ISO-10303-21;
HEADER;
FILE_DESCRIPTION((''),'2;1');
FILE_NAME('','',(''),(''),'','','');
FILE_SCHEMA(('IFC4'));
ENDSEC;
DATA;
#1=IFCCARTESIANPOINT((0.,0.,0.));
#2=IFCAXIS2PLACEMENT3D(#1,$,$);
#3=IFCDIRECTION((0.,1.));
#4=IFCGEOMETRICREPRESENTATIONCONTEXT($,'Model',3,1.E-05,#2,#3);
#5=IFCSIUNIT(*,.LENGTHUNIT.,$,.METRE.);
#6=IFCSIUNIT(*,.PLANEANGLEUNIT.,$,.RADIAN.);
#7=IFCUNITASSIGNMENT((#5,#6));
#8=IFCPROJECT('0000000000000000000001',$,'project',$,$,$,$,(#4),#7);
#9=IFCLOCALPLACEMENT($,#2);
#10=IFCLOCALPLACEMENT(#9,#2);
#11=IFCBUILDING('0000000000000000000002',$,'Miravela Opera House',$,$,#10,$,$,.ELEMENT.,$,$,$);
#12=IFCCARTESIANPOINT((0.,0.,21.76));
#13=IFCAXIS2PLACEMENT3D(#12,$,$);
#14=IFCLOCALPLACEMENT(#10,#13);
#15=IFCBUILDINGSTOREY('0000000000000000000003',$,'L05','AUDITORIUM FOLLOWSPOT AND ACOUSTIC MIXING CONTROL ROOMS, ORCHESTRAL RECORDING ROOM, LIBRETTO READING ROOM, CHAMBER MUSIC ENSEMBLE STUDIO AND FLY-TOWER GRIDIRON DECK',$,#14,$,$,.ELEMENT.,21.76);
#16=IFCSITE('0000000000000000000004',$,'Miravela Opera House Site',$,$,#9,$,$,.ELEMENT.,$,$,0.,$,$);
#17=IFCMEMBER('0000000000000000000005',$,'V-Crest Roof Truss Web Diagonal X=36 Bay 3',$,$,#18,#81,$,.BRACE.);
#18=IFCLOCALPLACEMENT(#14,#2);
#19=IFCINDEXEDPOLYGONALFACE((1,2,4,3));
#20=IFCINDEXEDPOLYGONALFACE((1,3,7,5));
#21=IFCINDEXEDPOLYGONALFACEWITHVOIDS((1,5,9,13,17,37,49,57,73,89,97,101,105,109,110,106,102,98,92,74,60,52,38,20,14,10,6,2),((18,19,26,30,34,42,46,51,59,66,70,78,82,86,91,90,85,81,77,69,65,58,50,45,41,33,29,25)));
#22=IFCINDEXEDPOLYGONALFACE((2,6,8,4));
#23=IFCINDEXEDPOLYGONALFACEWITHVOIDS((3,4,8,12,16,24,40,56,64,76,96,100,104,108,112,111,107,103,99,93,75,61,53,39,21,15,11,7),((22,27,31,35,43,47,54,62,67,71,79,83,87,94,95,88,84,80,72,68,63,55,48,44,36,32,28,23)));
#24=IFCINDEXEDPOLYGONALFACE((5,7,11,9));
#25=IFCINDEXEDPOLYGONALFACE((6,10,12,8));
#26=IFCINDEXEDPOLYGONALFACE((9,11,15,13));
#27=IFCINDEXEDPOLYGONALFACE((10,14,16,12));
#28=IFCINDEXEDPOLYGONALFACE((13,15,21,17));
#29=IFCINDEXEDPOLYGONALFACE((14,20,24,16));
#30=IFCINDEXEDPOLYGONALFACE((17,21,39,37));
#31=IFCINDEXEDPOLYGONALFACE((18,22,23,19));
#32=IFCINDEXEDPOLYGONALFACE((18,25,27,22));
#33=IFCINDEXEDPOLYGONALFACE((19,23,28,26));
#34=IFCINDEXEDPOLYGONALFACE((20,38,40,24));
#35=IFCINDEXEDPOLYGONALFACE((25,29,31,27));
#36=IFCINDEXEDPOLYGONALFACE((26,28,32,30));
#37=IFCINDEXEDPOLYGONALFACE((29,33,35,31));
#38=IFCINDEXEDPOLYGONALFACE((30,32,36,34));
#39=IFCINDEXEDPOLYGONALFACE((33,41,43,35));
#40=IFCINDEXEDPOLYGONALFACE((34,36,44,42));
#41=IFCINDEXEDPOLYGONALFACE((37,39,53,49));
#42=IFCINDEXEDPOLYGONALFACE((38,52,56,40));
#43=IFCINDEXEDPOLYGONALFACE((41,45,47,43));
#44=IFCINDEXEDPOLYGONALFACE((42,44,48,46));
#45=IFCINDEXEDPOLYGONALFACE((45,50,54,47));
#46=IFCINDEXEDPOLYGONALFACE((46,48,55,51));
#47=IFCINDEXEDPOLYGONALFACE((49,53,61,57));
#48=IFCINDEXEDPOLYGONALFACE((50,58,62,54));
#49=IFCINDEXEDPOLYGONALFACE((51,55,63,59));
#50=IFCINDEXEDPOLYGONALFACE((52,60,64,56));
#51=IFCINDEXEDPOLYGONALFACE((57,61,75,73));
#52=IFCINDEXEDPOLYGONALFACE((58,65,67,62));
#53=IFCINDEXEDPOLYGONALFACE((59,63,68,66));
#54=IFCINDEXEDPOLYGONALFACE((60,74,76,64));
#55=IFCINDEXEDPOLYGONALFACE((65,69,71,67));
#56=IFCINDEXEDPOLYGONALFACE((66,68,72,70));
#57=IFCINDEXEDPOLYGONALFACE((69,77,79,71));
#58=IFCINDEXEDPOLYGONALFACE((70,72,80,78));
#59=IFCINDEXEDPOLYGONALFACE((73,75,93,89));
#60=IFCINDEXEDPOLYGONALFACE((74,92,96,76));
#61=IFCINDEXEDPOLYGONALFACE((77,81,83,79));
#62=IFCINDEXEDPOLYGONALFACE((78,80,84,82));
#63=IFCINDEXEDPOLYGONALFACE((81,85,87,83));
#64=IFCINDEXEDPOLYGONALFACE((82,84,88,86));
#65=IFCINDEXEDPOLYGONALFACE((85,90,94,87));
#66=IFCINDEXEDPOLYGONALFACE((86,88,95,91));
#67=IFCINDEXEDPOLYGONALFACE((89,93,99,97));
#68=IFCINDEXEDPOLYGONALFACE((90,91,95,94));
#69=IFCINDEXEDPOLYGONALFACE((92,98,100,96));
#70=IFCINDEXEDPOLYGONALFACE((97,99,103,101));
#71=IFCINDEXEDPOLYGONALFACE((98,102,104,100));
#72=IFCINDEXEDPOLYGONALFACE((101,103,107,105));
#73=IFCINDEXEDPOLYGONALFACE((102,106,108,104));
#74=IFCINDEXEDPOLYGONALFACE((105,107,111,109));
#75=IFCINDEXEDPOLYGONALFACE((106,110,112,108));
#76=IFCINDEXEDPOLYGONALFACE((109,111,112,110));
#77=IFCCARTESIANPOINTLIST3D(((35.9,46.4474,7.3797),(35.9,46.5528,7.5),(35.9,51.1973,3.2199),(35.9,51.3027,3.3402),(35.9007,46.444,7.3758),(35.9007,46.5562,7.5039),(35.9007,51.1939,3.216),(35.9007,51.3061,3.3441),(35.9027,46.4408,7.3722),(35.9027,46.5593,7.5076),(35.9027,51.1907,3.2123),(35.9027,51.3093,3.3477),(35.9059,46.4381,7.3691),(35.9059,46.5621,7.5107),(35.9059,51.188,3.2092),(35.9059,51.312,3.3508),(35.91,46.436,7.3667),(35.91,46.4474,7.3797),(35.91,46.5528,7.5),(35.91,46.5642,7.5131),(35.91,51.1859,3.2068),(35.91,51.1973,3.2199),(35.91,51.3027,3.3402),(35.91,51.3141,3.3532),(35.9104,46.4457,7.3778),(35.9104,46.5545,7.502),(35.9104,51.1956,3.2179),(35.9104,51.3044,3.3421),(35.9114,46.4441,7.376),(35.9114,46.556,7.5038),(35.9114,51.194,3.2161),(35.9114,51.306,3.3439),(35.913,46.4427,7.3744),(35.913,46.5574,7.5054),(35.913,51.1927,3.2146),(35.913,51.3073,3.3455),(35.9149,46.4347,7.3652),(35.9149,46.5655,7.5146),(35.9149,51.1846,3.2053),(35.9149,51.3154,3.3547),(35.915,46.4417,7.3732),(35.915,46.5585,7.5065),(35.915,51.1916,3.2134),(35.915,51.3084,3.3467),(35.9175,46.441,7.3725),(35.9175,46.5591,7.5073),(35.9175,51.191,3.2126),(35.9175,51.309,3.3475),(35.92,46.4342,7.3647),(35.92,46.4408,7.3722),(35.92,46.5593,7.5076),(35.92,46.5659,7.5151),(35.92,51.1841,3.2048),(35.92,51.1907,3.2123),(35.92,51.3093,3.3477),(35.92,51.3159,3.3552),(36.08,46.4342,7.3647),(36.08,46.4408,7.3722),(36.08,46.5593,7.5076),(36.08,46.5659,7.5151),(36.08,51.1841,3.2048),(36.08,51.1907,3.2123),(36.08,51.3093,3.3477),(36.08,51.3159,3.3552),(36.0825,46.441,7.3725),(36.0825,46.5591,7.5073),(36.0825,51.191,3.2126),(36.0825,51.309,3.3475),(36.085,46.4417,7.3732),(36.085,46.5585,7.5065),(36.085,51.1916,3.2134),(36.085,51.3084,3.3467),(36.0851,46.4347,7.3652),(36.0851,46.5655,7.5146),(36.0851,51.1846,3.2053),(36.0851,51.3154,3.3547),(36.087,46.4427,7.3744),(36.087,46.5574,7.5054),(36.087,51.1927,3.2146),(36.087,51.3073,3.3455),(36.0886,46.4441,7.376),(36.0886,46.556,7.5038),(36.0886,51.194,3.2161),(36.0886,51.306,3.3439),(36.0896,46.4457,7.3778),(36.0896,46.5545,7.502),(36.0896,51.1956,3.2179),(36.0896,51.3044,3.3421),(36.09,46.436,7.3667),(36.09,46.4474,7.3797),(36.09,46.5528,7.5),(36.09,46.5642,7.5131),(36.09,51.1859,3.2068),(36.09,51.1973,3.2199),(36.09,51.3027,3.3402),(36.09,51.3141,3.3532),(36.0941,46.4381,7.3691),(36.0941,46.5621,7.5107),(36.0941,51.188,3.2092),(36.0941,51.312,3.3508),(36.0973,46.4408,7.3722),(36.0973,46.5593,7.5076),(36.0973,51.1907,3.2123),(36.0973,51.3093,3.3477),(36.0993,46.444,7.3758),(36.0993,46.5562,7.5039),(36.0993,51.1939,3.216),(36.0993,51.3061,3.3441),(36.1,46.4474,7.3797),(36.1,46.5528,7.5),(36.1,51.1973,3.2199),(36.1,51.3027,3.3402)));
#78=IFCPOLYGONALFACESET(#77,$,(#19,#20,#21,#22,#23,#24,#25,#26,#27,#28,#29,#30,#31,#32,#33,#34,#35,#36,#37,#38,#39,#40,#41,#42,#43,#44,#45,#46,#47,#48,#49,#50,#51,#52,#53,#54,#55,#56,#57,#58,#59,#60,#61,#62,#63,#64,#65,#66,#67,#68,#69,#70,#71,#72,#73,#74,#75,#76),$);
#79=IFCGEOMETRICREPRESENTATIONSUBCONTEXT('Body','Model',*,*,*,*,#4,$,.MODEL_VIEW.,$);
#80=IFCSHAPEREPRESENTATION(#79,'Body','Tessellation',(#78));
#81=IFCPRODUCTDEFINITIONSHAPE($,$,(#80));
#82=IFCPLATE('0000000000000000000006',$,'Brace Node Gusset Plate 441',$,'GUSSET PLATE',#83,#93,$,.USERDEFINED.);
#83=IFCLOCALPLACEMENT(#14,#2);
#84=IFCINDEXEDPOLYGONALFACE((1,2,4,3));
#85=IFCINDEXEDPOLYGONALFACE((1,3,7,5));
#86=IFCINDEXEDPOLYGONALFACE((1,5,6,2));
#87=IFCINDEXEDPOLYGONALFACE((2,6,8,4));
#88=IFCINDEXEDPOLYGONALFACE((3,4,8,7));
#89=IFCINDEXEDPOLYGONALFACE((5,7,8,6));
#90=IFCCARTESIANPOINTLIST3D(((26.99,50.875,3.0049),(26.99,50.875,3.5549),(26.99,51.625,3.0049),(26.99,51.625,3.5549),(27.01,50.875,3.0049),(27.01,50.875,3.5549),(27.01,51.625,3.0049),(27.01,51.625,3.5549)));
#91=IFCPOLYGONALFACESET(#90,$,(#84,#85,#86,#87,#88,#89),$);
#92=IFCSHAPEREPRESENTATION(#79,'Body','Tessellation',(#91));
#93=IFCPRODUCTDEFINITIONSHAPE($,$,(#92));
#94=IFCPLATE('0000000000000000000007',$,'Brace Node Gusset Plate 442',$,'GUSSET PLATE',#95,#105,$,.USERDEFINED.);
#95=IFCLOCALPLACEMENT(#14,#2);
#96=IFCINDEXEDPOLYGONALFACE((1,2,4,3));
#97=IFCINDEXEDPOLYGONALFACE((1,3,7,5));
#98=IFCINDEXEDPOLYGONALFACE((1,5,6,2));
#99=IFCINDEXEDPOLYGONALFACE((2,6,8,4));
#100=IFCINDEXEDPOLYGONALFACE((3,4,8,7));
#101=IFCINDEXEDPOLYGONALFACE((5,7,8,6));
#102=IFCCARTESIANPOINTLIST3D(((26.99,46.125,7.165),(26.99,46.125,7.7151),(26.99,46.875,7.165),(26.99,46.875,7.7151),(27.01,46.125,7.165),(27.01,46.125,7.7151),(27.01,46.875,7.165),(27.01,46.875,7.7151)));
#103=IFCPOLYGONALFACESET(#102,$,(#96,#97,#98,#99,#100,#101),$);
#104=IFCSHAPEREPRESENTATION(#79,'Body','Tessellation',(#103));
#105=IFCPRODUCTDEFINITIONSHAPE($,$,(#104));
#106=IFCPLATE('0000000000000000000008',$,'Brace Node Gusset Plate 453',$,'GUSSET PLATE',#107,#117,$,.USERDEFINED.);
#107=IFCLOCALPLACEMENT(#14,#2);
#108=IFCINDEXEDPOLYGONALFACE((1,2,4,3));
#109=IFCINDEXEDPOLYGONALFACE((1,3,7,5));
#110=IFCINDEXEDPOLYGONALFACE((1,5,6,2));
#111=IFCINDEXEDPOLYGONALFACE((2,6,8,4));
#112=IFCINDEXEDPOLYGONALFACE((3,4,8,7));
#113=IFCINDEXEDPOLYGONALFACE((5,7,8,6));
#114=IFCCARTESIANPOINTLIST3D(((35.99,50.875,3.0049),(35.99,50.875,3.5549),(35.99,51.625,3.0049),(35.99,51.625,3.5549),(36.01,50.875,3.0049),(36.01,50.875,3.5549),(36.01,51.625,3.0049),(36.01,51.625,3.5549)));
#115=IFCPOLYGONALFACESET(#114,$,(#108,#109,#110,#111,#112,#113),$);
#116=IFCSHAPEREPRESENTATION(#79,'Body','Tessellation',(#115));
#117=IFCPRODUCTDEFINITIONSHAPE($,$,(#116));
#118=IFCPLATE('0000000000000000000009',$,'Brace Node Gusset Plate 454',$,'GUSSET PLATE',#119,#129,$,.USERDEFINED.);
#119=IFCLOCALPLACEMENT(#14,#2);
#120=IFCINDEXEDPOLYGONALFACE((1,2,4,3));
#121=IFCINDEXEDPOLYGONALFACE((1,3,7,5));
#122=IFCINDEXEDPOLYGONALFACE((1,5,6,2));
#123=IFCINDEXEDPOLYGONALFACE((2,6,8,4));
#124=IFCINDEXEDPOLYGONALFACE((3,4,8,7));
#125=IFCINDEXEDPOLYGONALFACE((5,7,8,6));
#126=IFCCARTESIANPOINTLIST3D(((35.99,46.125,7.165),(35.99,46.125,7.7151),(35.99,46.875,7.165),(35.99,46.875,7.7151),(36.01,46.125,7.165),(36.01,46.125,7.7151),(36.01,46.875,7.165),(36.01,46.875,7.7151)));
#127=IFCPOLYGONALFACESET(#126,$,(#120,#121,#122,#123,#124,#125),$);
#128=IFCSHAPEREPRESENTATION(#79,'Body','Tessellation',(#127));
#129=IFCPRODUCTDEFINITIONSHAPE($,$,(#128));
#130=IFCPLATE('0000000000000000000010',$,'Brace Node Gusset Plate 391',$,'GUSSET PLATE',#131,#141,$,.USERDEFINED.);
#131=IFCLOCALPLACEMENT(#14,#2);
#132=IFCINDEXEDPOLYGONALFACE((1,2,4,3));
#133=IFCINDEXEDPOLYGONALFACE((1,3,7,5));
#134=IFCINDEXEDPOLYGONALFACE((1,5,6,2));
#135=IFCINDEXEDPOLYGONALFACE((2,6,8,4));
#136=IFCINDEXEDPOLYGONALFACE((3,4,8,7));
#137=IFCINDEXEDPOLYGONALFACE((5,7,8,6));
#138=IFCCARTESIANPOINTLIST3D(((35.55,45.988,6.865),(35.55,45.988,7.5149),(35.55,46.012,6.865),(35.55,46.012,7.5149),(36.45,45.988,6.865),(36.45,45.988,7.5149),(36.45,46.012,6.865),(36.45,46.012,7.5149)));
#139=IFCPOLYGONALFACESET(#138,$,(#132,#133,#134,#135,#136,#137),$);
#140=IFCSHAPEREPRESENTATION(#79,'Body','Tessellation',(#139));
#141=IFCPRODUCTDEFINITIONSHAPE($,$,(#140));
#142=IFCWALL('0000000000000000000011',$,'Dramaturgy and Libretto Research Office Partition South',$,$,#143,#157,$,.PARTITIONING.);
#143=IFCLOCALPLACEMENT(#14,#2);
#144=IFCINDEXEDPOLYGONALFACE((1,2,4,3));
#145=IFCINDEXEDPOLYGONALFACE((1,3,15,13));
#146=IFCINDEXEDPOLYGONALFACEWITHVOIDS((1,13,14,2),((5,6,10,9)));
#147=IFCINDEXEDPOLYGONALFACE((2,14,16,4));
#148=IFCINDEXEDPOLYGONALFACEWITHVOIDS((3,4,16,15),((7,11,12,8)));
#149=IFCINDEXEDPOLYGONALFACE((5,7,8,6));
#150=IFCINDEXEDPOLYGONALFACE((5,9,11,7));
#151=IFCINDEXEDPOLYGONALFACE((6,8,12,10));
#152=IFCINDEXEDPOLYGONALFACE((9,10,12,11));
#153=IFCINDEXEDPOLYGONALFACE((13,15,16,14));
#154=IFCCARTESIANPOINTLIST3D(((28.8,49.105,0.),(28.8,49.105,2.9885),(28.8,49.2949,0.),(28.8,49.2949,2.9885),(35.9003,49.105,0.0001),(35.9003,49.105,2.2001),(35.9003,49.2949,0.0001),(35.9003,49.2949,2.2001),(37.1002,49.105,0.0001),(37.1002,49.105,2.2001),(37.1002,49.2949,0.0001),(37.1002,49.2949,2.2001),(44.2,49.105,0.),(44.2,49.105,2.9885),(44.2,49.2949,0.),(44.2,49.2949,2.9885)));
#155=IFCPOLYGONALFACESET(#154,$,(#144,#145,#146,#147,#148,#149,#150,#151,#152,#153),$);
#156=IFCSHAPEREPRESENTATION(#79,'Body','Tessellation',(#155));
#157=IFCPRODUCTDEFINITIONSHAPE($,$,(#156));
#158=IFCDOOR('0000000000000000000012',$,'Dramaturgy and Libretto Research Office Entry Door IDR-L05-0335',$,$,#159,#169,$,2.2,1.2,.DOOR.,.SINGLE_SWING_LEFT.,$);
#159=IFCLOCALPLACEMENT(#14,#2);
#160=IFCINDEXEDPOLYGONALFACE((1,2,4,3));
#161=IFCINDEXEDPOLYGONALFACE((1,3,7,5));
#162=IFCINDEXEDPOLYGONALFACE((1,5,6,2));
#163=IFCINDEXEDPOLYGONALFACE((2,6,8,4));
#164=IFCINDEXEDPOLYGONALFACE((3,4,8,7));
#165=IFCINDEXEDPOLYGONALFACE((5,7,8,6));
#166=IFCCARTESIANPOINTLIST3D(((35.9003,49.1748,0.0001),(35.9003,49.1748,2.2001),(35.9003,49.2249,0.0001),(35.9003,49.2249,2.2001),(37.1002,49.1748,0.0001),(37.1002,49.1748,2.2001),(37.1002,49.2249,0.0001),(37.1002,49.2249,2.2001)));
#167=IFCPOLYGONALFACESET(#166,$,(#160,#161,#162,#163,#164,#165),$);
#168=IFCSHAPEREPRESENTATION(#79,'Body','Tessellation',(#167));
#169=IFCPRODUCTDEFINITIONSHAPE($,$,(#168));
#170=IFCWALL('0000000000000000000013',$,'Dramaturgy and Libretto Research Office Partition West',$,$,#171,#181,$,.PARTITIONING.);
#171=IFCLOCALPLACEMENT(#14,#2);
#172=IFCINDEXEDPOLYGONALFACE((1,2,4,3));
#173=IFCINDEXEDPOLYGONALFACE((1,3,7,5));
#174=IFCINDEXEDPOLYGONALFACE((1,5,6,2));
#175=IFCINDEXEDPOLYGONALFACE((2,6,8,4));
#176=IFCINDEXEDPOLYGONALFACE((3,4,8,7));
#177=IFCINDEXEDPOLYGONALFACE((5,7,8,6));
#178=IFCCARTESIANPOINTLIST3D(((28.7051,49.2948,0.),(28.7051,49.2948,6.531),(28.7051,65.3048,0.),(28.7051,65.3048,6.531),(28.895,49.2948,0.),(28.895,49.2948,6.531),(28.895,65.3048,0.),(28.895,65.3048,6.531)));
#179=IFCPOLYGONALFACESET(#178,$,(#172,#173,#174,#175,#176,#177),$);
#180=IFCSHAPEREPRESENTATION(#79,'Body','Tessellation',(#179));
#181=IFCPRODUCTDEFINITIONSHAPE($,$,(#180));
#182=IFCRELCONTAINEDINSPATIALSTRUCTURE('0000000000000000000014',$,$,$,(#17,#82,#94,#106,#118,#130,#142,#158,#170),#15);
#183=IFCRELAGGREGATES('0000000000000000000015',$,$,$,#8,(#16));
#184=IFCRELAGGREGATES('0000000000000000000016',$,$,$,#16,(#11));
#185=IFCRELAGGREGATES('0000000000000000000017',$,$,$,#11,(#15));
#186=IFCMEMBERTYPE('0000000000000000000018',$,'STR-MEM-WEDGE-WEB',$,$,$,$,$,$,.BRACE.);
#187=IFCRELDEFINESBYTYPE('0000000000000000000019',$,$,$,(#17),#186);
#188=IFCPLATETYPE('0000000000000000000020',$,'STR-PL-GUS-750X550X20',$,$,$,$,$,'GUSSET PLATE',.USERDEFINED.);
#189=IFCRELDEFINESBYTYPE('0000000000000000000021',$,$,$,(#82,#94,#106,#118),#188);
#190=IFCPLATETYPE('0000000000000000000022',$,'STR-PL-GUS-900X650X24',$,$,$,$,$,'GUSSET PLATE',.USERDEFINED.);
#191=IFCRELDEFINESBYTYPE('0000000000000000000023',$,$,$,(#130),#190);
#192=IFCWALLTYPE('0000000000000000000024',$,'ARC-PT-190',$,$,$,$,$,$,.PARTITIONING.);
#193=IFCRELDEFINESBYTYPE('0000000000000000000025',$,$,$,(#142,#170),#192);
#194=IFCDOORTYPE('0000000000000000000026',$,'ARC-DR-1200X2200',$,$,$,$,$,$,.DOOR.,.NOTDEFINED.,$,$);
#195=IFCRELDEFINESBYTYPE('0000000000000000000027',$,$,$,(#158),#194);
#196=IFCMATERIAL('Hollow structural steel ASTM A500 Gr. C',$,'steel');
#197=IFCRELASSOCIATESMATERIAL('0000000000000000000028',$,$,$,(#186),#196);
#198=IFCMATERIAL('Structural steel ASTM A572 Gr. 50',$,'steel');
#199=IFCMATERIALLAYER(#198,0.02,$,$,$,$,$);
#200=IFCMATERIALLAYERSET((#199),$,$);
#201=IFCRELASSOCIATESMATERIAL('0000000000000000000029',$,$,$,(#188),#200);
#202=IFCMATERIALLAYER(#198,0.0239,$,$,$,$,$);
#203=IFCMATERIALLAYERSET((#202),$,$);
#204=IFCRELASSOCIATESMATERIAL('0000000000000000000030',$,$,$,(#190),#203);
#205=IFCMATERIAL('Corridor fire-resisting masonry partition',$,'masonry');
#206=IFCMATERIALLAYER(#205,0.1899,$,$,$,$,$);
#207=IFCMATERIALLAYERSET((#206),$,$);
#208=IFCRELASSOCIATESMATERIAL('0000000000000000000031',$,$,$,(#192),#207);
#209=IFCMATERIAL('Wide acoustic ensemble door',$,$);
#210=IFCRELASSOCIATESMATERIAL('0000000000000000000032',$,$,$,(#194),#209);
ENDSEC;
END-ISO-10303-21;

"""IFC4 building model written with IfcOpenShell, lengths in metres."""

from ifc_helpers import new_model, si_unit, direction, frame, frame_2d, origin, origin_2d, place, context, subcontext, project, spatial, rectangle, hollow_rectangle, extrude, material, layer, layer_set, material_profile, profile_set, type_object, element, fill, save


model = new_model("IFC4")

# Units and contexts
model_context = context("Model", 3, precision=1e-05, world=origin(), true_north=direction((0.0, 1.0)))
body_context = subcontext(model_context, "Body", "Model", "MODEL_VIEW")
ifc_project = project(units=[si_unit("LENGTHUNIT", "METRE"), si_unit("PLANEANGLEUNIT", "RADIAN")], contexts=[model_context])

# Site, building, storey
site_placement = place(None, origin())
site = spatial("IfcSite", under=ifc_project, at=site_placement, Name="Miravela Opera House Site", CompositionType="ELEMENT", RefElevation=0.0)
building_placement = place(site_placement, origin())
building = spatial("IfcBuilding", under=site, at=building_placement, Name="Miravela Opera House", CompositionType="ELEMENT")
storey_placement = place(building_placement, frame((0.0, 0.0, 21.76)))
storey = spatial("IfcBuildingStorey", under=building, at=storey_placement, Name="L05", Description="AUDITORIUM FOLLOWSPOT AND ACOUSTIC MIXING CONTROL ROOMS, ORCHESTRAL RECORDING ROOM, LIBRETTO READING ROOM, CHAMBER MUSIC ENSEMBLE STUDIO AND FLY-TOWER GRIDIRON DECK", CompositionType="ELEMENT", Elevation=21.76)

# Member
ifc_material_1 = material(Name="Hollow structural steel ASTM A500 Gr. C", Category="steel")
ifc_material_profile_1 = material_profile(ifc_material_1, hollow_rectangle(XDim=0.2, YDim=0.2, WallThickness=0.01, InnerFilletRadius=0.01, OuterFilletRadius=0.02, at=origin_2d()), Name="HSS200X200X10")
ifc_profile_set_1 = profile_set([ifc_material_profile_1])
member_type_1 = type_object("IfcMemberType", Name="STR-MEM-WEDGE-WEB", PredefinedType="BRACE", material=ifc_profile_set_1)
for number, where, z_axis, x_axis, name in (
    (1, (36.0, 51.25, 3.28), (0.0, -0.752289, 0.658833), (1.0, 0.0, 0.0), "V-Crest Roof Truss Web Diagonal X=36 Bay 3"),
):
    element("IfcMember", number, at=place(storey_placement, frame(where, z_axis=z_axis, x_axis=x_axis)), inside=storey, type_object=member_type_1, Name=name, PredefinedType="BRACE", context=body_context, shape_type="SweptSolid", body=[
        extrude(hollow_rectangle(XDim=0.2, YDim=0.2, WallThickness=0.01, InnerFilletRadius=0.01, OuterFilletRadius=0.02, at=origin_2d()), origin(), (0.0, 0.0, 1.0), 6.314),
    ])

# Plates
ifc_material_2 = material(Name="Structural steel ASTM A572 Gr. 50", Category="steel")
ifc_layer_1 = layer(ifc_material_2, 0.02)
ifc_layer_set_1 = layer_set([ifc_layer_1])
plate_type_1 = type_object("IfcPlateType", Name="STR-PL-GUS-750X550X20", ElementType="GUSSET PLATE", PredefinedType="USERDEFINED", material=ifc_layer_set_1)
for number, where, z_axis, x_axis, name in (
    (2, (27.0, 51.25, 3.0049), (0.0, 0.0, 1.0), (0.0, 1.0, 0.0), "Brace Node Gusset Plate 441"),
    (3, (27.0, 46.5, 7.165), (0.0, 0.0, 1.0), (0.0, 1.0, 0.0), "Brace Node Gusset Plate 442"),
    (4, (36.0, 51.25, 3.0049), (0.0, 0.0, 1.0), (0.0, 1.0, 0.0), "Brace Node Gusset Plate 453"),
    (5, (36.0, 46.5, 7.165), (0.0, 0.0, 1.0), (0.0, 1.0, 0.0), "Brace Node Gusset Plate 454"),
):
    element("IfcPlate", number, at=place(storey_placement, frame(where, z_axis=z_axis, x_axis=x_axis)), inside=storey, type_object=plate_type_1, Name=name, ObjectType="GUSSET PLATE", PredefinedType="USERDEFINED", context=body_context, shape_type="SweptSolid", body=[
        extrude(rectangle(XDim=0.75, YDim=0.02, at=origin_2d()), origin(), (0.0, 0.0, 1.0), 0.55),
    ])
ifc_layer_2 = layer(ifc_material_2, 0.0239)
ifc_layer_set_2 = layer_set([ifc_layer_2])
plate_type_2 = type_object("IfcPlateType", Name="STR-PL-GUS-900X650X24", ElementType="GUSSET PLATE", PredefinedType="USERDEFINED", material=ifc_layer_set_2)
plate_placement = place(storey_placement, frame((36.0, 46.0, 6.865), z_axis=(0.0, 0.0, 1.0), x_axis=(1.0, 0.0, 0.0)))
element("IfcPlate", 6, at=plate_placement, inside=storey, type_object=plate_type_2, Name="Brace Node Gusset Plate 391", ObjectType="GUSSET PLATE", PredefinedType="USERDEFINED", context=body_context, shape_type="SweptSolid", body=[
    extrude(rectangle(XDim=0.8999, YDim=0.0239, at=origin_2d()), origin(), (0.0, 0.0, 1.0), 0.6499),
])

# Wall, opening, door
ifc_material_3 = material(Name="Corridor fire-resisting masonry partition", Category="masonry")
ifc_layer_3 = layer(ifc_material_3, 0.1899)
ifc_layer_set_3 = layer_set([ifc_layer_3])
wall_type = type_object("IfcWallType", Name="ARC-PT-190", PredefinedType="PARTITIONING", material=ifc_layer_set_3)
wall_1_placement = place(storey_placement, frame((28.8, 49.2, 0.0), z_axis=(0.0, 0.0, 1.0), x_axis=(1.0, 0.0, 0.0)))
wall_1 = element("IfcWall", 7, at=wall_1_placement, inside=storey, type_object=wall_type, Name="Dramaturgy and Libretto Research Office Partition South", PredefinedType="PARTITIONING", context=body_context, shape_type="SweptSolid", body=[
    extrude(rectangle(XDim=15.3999, YDim=0.1899, at=frame_2d((7.7, 0.0))), origin(), (0.0, 0.0, 1.0), 2.9885),
])
opening_placement = place(wall_1_placement, frame((7.1001, 0.0, 0.0)))
opening = element("IfcOpeningElement", 8, at=opening_placement, cuts=wall_1, PredefinedType="OPENING", context=body_context, shape_type="SweptSolid", body=[
    extrude(rectangle(XDim=1.2, YDim=2.2, at=frame_2d((0.6001, 1.1001))), frame((0.0, 0.105, 0.0), z_axis=(0.0, -1.0, 0.0), x_axis=(1.0, 0.0, 0.0)), (0.0, 0.0, 1.0), 0.21),
])
ifc_material_4 = material(Name="Wide acoustic ensemble door")
door_type = type_object("IfcDoorType", Name="ARC-DR-1200X2200", OperationType="NOTDEFINED", PredefinedType="DOOR", material=ifc_material_4)
door_placement = place(opening_placement, origin())
door = element("IfcDoor", 9, at=door_placement, inside=storey, type_object=door_type, Name="Dramaturgy and Libretto Research Office Entry Door IDR-L05-0335", OperationType="SINGLE_SWING_LEFT", OverallHeight=2.2, OverallWidth=1.2, PredefinedType="DOOR", context=body_context, shape_type="SweptSolid", body=[
    extrude(rectangle(XDim=1.2, YDim=2.2, at=frame_2d((0.6001, 1.1001))), frame((0.0, 0.0249, 0.0), z_axis=(0.0, -1.0, 0.0), x_axis=(1.0, 0.0, 0.0)), (0.0, 0.0, 1.0), 0.05),
])
fill(opening, door)

# Wall
wall_2_placement = place(storey_placement, frame((28.8, 49.2949, 0.0), z_axis=(0.0, 0.0, 1.0), x_axis=(0.0, 1.0, 0.0)))
element("IfcWall", 10, at=wall_2_placement, inside=storey, type_object=wall_type, Name="Dramaturgy and Libretto Research Office Partition West", PredefinedType="PARTITIONING", context=body_context, shape_type="SweptSolid", body=[
    extrude(rectangle(XDim=16.01, YDim=0.1899, at=frame_2d((8.0049, 0.0))), origin(), (0.0, 0.0, 1.0), 6.531),
])

save(model, "model.ifc")
